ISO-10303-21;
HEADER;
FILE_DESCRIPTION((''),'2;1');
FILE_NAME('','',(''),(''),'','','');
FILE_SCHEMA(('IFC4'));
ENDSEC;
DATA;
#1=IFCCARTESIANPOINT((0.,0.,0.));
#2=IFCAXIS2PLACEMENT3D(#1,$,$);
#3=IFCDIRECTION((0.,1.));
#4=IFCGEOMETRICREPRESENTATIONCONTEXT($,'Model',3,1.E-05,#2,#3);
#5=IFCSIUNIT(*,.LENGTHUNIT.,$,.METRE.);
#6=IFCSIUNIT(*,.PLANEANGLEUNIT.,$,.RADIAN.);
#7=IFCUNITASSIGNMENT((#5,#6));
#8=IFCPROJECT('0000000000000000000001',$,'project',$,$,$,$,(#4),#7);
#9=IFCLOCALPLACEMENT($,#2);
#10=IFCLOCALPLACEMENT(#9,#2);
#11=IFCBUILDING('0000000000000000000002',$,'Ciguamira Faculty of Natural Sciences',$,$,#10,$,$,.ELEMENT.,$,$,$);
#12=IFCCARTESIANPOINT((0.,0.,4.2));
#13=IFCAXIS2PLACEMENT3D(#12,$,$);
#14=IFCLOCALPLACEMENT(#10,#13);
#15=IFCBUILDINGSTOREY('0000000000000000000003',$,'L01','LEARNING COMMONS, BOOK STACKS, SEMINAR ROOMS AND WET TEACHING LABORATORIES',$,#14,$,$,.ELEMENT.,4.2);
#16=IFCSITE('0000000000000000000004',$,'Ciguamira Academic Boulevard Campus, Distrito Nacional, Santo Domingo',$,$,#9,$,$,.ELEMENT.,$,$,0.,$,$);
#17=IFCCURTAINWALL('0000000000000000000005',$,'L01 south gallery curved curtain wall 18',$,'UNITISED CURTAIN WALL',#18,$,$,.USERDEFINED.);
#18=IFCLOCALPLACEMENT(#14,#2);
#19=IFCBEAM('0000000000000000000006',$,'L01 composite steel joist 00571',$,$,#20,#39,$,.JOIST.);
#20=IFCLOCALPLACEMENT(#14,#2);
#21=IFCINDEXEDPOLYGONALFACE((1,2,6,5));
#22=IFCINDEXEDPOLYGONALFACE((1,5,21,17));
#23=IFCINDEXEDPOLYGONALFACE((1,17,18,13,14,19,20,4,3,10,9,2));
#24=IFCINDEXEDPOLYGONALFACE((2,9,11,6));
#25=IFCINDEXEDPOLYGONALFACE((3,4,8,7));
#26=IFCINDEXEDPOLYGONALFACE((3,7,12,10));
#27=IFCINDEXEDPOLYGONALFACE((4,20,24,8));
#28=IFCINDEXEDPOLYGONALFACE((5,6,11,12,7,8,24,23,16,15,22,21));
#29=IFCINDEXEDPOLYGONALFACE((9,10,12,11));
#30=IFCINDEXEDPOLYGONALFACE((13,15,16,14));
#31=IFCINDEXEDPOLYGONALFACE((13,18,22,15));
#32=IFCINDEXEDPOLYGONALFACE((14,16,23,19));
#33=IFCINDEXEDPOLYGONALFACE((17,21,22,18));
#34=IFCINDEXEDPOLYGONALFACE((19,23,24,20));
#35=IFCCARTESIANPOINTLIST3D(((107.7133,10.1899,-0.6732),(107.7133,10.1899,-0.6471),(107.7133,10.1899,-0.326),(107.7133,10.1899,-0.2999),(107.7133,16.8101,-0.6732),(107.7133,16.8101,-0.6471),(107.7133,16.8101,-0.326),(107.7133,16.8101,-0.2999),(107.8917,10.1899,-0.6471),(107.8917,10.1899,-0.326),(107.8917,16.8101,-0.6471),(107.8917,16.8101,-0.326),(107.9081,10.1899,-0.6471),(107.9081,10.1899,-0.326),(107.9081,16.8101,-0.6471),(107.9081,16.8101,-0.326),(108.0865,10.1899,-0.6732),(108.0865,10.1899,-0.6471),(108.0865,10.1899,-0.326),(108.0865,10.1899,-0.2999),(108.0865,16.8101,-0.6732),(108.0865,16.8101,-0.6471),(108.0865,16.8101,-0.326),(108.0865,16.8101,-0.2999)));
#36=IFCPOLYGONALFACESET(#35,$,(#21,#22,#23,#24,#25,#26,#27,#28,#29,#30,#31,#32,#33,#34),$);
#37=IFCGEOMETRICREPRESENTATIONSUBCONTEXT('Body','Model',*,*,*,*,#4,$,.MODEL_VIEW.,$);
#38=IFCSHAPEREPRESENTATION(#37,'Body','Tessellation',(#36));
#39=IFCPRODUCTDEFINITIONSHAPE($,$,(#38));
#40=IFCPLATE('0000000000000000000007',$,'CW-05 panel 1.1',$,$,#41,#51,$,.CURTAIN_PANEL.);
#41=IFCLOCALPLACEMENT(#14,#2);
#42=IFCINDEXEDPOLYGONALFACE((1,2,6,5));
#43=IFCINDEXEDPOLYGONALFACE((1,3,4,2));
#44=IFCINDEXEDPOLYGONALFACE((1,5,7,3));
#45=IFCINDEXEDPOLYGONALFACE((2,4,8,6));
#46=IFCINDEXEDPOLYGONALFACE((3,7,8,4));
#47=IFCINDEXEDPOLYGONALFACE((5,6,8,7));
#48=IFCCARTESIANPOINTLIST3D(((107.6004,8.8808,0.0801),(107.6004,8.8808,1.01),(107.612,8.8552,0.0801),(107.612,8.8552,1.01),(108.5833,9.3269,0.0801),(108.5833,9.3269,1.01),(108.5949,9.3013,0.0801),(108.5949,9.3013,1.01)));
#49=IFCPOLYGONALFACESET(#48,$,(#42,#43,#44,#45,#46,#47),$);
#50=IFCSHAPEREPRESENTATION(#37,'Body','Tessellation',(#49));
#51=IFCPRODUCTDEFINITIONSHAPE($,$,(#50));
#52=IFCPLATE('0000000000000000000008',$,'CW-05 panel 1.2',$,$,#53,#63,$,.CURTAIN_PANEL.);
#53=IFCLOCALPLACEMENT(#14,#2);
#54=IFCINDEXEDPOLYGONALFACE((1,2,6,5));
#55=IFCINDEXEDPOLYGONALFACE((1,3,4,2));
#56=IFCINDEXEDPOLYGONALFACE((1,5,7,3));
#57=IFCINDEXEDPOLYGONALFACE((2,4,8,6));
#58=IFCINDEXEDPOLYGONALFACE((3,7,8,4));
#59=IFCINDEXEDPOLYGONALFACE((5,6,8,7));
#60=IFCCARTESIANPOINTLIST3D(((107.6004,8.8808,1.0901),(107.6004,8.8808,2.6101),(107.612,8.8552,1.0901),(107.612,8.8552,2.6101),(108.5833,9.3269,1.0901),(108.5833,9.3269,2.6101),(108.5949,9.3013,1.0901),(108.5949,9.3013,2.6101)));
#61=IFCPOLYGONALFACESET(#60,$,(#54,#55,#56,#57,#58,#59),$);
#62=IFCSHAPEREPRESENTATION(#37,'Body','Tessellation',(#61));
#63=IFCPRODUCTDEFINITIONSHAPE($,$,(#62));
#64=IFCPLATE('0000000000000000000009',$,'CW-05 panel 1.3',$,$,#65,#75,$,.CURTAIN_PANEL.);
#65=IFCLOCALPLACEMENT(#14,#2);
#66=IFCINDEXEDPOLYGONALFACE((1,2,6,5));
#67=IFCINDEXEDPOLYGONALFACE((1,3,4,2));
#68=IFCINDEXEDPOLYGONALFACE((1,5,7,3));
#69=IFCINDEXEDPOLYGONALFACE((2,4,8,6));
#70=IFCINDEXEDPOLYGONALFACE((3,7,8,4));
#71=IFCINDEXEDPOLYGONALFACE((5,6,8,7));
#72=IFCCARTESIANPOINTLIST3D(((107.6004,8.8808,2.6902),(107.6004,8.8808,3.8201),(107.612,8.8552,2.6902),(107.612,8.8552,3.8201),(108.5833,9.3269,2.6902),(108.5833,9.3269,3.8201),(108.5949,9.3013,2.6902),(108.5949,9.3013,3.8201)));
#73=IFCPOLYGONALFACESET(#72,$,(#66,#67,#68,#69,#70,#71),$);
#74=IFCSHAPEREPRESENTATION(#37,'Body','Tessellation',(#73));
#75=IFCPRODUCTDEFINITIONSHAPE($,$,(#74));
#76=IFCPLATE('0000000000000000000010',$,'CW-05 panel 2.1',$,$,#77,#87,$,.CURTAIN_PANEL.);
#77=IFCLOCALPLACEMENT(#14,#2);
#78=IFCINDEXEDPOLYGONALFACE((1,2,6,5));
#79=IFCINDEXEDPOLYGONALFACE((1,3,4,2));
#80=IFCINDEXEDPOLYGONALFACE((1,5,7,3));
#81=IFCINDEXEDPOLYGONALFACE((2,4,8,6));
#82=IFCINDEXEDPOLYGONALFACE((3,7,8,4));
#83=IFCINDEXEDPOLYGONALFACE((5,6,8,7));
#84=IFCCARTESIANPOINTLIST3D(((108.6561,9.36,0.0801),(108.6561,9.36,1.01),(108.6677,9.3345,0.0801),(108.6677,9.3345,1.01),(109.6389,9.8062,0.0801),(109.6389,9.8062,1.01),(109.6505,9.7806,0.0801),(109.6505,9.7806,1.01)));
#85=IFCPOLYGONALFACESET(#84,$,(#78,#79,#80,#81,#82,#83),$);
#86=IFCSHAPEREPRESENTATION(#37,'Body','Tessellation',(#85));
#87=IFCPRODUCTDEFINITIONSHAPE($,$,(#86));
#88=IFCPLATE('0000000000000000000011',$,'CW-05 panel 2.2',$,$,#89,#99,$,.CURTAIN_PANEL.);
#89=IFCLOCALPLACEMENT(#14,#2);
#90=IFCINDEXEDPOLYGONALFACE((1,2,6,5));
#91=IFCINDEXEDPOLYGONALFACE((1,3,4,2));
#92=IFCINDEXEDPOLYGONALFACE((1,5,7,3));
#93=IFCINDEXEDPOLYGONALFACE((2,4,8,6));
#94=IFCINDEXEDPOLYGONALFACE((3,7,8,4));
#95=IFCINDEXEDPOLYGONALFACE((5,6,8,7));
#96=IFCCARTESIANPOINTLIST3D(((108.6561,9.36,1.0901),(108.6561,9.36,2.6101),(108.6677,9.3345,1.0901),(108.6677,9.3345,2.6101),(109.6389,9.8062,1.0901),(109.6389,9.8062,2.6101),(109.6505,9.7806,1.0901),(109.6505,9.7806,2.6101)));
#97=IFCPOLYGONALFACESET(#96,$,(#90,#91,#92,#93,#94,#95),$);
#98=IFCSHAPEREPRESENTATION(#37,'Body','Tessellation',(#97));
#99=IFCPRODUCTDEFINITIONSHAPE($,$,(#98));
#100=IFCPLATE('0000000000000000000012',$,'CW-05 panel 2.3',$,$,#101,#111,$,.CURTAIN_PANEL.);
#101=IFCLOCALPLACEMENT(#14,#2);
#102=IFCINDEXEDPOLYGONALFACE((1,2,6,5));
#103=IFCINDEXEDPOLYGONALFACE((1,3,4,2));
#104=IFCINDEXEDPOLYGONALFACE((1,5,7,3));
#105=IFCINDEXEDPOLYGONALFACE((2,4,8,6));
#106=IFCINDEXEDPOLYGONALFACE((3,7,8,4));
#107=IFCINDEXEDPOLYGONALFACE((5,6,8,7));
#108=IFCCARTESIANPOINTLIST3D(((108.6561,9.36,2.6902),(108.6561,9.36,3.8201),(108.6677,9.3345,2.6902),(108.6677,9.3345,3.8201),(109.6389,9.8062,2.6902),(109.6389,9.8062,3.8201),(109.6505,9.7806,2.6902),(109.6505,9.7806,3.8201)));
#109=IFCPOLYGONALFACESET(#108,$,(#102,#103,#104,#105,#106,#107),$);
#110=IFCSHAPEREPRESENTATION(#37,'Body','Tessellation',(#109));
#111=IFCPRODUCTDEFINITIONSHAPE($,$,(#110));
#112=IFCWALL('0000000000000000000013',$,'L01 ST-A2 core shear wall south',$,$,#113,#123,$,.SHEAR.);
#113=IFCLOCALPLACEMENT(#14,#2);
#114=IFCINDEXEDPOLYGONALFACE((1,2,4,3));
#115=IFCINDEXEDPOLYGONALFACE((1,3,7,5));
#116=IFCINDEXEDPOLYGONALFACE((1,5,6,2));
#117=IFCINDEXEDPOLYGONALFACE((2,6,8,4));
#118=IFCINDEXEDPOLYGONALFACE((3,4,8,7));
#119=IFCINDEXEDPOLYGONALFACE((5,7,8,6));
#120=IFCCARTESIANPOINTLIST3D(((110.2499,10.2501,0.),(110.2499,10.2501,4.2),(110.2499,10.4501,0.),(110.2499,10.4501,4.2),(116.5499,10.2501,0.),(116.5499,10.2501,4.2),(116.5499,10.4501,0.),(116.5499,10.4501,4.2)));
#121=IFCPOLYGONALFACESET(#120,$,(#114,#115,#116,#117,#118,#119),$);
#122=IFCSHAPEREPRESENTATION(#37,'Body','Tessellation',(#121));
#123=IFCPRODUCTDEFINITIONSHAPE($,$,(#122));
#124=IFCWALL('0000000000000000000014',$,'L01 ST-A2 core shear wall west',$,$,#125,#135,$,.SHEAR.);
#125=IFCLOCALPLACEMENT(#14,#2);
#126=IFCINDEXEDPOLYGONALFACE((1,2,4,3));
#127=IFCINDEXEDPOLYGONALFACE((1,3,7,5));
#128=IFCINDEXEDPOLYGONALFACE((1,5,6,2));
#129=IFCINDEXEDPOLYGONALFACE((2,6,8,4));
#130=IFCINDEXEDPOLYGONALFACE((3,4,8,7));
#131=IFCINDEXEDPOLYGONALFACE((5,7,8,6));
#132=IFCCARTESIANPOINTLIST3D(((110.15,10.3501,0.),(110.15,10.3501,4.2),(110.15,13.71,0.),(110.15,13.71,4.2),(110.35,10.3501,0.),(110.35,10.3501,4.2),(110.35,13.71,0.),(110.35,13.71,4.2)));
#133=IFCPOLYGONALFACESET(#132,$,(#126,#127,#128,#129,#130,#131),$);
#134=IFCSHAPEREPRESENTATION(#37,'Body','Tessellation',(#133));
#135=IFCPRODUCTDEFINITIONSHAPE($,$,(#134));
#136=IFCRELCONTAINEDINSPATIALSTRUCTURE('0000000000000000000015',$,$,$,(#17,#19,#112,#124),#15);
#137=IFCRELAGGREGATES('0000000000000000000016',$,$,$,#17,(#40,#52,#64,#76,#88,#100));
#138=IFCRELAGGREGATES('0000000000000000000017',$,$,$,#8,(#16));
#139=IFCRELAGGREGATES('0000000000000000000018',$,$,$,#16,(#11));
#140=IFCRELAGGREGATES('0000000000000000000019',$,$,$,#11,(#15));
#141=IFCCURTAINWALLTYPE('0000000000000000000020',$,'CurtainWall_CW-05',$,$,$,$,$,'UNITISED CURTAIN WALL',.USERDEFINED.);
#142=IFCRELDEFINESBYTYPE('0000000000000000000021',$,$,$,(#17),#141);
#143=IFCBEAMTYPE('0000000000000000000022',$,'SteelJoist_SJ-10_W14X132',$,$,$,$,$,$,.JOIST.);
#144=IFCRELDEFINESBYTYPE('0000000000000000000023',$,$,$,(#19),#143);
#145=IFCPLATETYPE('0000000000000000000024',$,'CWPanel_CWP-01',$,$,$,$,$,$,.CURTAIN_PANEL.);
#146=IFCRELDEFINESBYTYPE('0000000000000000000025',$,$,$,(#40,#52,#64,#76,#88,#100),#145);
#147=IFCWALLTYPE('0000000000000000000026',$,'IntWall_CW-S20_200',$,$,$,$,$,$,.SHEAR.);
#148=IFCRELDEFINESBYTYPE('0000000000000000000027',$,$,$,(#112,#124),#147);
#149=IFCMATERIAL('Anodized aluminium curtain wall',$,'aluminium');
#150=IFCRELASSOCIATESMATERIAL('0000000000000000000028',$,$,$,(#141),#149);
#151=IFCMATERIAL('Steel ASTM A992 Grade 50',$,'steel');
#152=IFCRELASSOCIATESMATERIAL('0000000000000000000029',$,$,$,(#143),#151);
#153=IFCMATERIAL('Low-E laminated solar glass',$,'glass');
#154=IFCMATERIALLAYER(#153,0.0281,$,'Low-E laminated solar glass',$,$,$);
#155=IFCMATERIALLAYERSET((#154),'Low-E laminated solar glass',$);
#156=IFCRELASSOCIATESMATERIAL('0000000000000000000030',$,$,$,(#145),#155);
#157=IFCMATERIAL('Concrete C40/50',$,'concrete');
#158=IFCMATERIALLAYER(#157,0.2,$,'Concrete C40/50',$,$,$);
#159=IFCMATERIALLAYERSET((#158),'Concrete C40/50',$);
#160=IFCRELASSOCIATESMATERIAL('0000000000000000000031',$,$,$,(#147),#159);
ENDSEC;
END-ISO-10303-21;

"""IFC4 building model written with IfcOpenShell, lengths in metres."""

from ifc_helpers import new_model, si_unit, direction, frame, frame_2d, origin, origin_2d, place, context, subcontext, project, spatial, rectangle, i_section, extrude, material, layer, layer_set, material_profile, profile_set, type_object, element, aggregate, save


model = new_model("IFC4")

# Units and contexts
model_context = context("Model", 3, precision=1e-05, world=origin(), true_north=direction((0.0, 1.0)))
body_context = subcontext(model_context, "Body", "Model", "MODEL_VIEW")
ifc_project = project(units=[si_unit("LENGTHUNIT", "METRE"), si_unit("PLANEANGLEUNIT", "RADIAN")], contexts=[model_context])

# Site, building, storey
site_placement = place(None, origin())
site = spatial("IfcSite", under=ifc_project, at=site_placement, Name="Ciguamira Academic Boulevard Campus, Distrito Nacional, Santo Domingo", CompositionType="ELEMENT", RefElevation=0.0)
building_placement = place(site_placement, origin())
building = spatial("IfcBuilding", under=site, at=building_placement, Name="Ciguamira Faculty of Natural Sciences", CompositionType="ELEMENT")
storey_placement = place(building_placement, frame((0.0, 0.0, 4.2)))
storey = spatial("IfcBuildingStorey", under=building, at=storey_placement, Name="L01", Description="LEARNING COMMONS, BOOK STACKS, SEMINAR ROOMS AND WET TEACHING LABORATORIES", CompositionType="ELEMENT", Elevation=4.2)

# Shared definitions
ifc_material_1 = material(Name="Concrete C40/50", Category="concrete")

# Curtain wall
ifc_material_2 = material(Name="Anodized aluminium curtain wall", Category="aluminium")
curtain_wall_type = type_object("IfcCurtainWallType", Name="CurtainWall_CW-05", ElementType="UNITISED CURTAIN WALL", PredefinedType="USERDEFINED", material=ifc_material_2)
curtain_wall_placement = place(storey_placement, origin())
curtain_wall = element("IfcCurtainWall", 1, at=curtain_wall_placement, inside=storey, type_object=curtain_wall_type, Name="L01 south gallery curved curtain wall 18", ObjectType="UNITISED CURTAIN WALL", PredefinedType="USERDEFINED")

# Beam
ifc_material_3 = material(Name="Steel ASTM A992 Grade 50", Category="steel")
ifc_material_profile_1 = material_profile(ifc_material_3, i_section(OverallWidth=0.3733, OverallDepth=0.3733, WebThickness=0.0164, FlangeThickness=0.0261, at=origin_2d()), Name="W14X132")
ifc_profile_set_1 = profile_set([ifc_material_profile_1], Name="Steel ASTM A992 Grade 50")
beam_type_1 = type_object("IfcBeamType", Name="SteelJoist_SJ-10_W14X132", PredefinedType="JOIST", material=ifc_profile_set_1)
beam_1_placement = place(storey_placement, frame((107.8999, 10.1899, -0.4866), z_axis=(0.0, 1.0, 0.0), x_axis=(-1.0, 0.0, 0.0)))
element("IfcBeam", 2, at=beam_1_placement, inside=storey, type_object=beam_type_1, Name="L01 composite steel joist 00571", PredefinedType="JOIST", context=body_context, shape_type="SweptSolid", body=[
    extrude(i_section(OverallWidth=0.3733, OverallDepth=0.3733, WebThickness=0.0164, FlangeThickness=0.0261, at=origin_2d()), origin(), (0.0, 0.0, 1.0), 6.6201),
])

# Plates
ifc_material_4 = material(Name="Low-E laminated solar glass", Category="glass")
ifc_layer_1 = layer(ifc_material_4, 0.0281, Name="Low-E laminated solar glass")
ifc_layer_set_1 = layer_set([ifc_layer_1], Name="Low-E laminated solar glass")
plate_type = type_object("IfcPlateType", Name="CWPanel_CWP-01", PredefinedType="CURTAIN_PANEL", material=ifc_layer_set_1)
plate_1_placement = place(storey_placement, frame((108.0977, 9.0911, 0.0801), z_axis=(0.0, 0.0, 1.0), x_axis=(0.910581, 0.413332, 0.0)))
plate_1 = element("IfcPlate", 3, at=plate_1_placement, type_object=plate_type, Name="CW-05 panel 1.1", PredefinedType="CURTAIN_PANEL", context=body_context, shape_type="SweptSolid", body=[
    extrude(rectangle(XDim=1.0793, YDim=0.0281, at=origin_2d()), origin(), (0.0, 0.0, 1.0), 0.9299),
])
plate_2_placement = place(storey_placement, frame((108.0977, 9.0911, 1.0901), z_axis=(0.0, 0.0, 1.0), x_axis=(0.910581, 0.413332, 0.0)))
plate_2 = element("IfcPlate", 4, at=plate_2_placement, type_object=plate_type, Name="CW-05 panel 1.2", PredefinedType="CURTAIN_PANEL", context=body_context, shape_type="SweptSolid", body=[
    extrude(rectangle(XDim=1.0793, YDim=0.0281, at=origin_2d()), origin(), (0.0, 0.0, 1.0), 1.52),
])
plate_3_placement = place(storey_placement, frame((108.0977, 9.0911, 2.6902), z_axis=(0.0, 0.0, 1.0), x_axis=(0.910581, 0.413332, 0.0)))
plate_3 = element("IfcPlate", 5, at=plate_3_placement, type_object=plate_type, Name="CW-05 panel 1.3", PredefinedType="CURTAIN_PANEL", context=body_context, shape_type="SweptSolid", body=[
    extrude(rectangle(XDim=1.0793, YDim=0.0281, at=origin_2d()), origin(), (0.0, 0.0, 1.0), 1.1299),
])
plate_4_placement = place(storey_placement, frame((109.1533, 9.5703, 0.0801), z_axis=(0.0, 0.0, 1.0), x_axis=(0.910581, 0.413332, 0.0)))
plate_4 = element("IfcPlate", 6, at=plate_4_placement, type_object=plate_type, Name="CW-05 panel 2.1", PredefinedType="CURTAIN_PANEL", context=body_context, shape_type="SweptSolid", body=[
    extrude(rectangle(XDim=1.0793, YDim=0.0281, at=origin_2d()), origin(), (0.0, 0.0, 1.0), 0.9299),
])
plate_5_placement = place(storey_placement, frame((109.1533, 9.5703, 1.0901), z_axis=(0.0, 0.0, 1.0), x_axis=(0.910581, 0.413332, 0.0)))
plate_5 = element("IfcPlate", 7, at=plate_5_placement, type_object=plate_type, Name="CW-05 panel 2.2", PredefinedType="CURTAIN_PANEL", context=body_context, shape_type="SweptSolid", body=[
    extrude(rectangle(XDim=1.0793, YDim=0.0281, at=origin_2d()), origin(), (0.0, 0.0, 1.0), 1.52),
])
plate_6_placement = place(storey_placement, frame((109.1533, 9.5703, 2.6902), z_axis=(0.0, 0.0, 1.0), x_axis=(0.910581, 0.413332, 0.0)))
plate_6 = element("IfcPlate", 8, at=plate_6_placement, type_object=plate_type, Name="CW-05 panel 2.3", PredefinedType="CURTAIN_PANEL", context=body_context, shape_type="SweptSolid", body=[
    extrude(rectangle(XDim=1.0793, YDim=0.0281, at=origin_2d()), origin(), (0.0, 0.0, 1.0), 1.1299),
])
aggregate(curtain_wall, [plate_1, plate_2, plate_3, plate_4, plate_5, plate_6])

# Walls
ifc_layer_2 = layer(ifc_material_1, 0.2, Name="Concrete C40/50")
ifc_layer_set_2 = layer_set([ifc_layer_2], Name="Concrete C40/50")
wall_type = type_object("IfcWallType", Name="IntWall_CW-S20_200", PredefinedType="SHEAR", material=ifc_layer_set_2)
wall_1_placement = place(storey_placement, frame((110.25, 10.3501, 0.0), z_axis=(0.0, 0.0, 1.0), x_axis=(1.0, 0.0, 0.0)))
element("IfcWall", 9, at=wall_1_placement, inside=storey, type_object=wall_type, Name="L01 ST-A2 core shear wall south", PredefinedType="SHEAR", context=body_context, shape_type="SweptSolid", body=[
    extrude(rectangle(XDim=6.3, YDim=0.2, at=frame_2d((3.1499, 0.0))), origin(), (0.0, 0.0, 1.0), 4.2),
])
wall_2_placement = place(storey_placement, frame((110.25, 10.3501, 0.0), z_axis=(0.0, 0.0, 1.0), x_axis=(0.0, 1.0, 0.0)))
element("IfcWall", 10, at=wall_2_placement, inside=storey, type_object=wall_type, Name="L01 ST-A2 core shear wall west", PredefinedType="SHEAR", context=body_context, shape_type="SweptSolid", body=[
    extrude(rectangle(XDim=3.3599, YDim=0.2, at=frame_2d((1.6799, 0.0))), origin(), (0.0, 0.0, 1.0), 4.2),
])

save(model, "model.ifc")
